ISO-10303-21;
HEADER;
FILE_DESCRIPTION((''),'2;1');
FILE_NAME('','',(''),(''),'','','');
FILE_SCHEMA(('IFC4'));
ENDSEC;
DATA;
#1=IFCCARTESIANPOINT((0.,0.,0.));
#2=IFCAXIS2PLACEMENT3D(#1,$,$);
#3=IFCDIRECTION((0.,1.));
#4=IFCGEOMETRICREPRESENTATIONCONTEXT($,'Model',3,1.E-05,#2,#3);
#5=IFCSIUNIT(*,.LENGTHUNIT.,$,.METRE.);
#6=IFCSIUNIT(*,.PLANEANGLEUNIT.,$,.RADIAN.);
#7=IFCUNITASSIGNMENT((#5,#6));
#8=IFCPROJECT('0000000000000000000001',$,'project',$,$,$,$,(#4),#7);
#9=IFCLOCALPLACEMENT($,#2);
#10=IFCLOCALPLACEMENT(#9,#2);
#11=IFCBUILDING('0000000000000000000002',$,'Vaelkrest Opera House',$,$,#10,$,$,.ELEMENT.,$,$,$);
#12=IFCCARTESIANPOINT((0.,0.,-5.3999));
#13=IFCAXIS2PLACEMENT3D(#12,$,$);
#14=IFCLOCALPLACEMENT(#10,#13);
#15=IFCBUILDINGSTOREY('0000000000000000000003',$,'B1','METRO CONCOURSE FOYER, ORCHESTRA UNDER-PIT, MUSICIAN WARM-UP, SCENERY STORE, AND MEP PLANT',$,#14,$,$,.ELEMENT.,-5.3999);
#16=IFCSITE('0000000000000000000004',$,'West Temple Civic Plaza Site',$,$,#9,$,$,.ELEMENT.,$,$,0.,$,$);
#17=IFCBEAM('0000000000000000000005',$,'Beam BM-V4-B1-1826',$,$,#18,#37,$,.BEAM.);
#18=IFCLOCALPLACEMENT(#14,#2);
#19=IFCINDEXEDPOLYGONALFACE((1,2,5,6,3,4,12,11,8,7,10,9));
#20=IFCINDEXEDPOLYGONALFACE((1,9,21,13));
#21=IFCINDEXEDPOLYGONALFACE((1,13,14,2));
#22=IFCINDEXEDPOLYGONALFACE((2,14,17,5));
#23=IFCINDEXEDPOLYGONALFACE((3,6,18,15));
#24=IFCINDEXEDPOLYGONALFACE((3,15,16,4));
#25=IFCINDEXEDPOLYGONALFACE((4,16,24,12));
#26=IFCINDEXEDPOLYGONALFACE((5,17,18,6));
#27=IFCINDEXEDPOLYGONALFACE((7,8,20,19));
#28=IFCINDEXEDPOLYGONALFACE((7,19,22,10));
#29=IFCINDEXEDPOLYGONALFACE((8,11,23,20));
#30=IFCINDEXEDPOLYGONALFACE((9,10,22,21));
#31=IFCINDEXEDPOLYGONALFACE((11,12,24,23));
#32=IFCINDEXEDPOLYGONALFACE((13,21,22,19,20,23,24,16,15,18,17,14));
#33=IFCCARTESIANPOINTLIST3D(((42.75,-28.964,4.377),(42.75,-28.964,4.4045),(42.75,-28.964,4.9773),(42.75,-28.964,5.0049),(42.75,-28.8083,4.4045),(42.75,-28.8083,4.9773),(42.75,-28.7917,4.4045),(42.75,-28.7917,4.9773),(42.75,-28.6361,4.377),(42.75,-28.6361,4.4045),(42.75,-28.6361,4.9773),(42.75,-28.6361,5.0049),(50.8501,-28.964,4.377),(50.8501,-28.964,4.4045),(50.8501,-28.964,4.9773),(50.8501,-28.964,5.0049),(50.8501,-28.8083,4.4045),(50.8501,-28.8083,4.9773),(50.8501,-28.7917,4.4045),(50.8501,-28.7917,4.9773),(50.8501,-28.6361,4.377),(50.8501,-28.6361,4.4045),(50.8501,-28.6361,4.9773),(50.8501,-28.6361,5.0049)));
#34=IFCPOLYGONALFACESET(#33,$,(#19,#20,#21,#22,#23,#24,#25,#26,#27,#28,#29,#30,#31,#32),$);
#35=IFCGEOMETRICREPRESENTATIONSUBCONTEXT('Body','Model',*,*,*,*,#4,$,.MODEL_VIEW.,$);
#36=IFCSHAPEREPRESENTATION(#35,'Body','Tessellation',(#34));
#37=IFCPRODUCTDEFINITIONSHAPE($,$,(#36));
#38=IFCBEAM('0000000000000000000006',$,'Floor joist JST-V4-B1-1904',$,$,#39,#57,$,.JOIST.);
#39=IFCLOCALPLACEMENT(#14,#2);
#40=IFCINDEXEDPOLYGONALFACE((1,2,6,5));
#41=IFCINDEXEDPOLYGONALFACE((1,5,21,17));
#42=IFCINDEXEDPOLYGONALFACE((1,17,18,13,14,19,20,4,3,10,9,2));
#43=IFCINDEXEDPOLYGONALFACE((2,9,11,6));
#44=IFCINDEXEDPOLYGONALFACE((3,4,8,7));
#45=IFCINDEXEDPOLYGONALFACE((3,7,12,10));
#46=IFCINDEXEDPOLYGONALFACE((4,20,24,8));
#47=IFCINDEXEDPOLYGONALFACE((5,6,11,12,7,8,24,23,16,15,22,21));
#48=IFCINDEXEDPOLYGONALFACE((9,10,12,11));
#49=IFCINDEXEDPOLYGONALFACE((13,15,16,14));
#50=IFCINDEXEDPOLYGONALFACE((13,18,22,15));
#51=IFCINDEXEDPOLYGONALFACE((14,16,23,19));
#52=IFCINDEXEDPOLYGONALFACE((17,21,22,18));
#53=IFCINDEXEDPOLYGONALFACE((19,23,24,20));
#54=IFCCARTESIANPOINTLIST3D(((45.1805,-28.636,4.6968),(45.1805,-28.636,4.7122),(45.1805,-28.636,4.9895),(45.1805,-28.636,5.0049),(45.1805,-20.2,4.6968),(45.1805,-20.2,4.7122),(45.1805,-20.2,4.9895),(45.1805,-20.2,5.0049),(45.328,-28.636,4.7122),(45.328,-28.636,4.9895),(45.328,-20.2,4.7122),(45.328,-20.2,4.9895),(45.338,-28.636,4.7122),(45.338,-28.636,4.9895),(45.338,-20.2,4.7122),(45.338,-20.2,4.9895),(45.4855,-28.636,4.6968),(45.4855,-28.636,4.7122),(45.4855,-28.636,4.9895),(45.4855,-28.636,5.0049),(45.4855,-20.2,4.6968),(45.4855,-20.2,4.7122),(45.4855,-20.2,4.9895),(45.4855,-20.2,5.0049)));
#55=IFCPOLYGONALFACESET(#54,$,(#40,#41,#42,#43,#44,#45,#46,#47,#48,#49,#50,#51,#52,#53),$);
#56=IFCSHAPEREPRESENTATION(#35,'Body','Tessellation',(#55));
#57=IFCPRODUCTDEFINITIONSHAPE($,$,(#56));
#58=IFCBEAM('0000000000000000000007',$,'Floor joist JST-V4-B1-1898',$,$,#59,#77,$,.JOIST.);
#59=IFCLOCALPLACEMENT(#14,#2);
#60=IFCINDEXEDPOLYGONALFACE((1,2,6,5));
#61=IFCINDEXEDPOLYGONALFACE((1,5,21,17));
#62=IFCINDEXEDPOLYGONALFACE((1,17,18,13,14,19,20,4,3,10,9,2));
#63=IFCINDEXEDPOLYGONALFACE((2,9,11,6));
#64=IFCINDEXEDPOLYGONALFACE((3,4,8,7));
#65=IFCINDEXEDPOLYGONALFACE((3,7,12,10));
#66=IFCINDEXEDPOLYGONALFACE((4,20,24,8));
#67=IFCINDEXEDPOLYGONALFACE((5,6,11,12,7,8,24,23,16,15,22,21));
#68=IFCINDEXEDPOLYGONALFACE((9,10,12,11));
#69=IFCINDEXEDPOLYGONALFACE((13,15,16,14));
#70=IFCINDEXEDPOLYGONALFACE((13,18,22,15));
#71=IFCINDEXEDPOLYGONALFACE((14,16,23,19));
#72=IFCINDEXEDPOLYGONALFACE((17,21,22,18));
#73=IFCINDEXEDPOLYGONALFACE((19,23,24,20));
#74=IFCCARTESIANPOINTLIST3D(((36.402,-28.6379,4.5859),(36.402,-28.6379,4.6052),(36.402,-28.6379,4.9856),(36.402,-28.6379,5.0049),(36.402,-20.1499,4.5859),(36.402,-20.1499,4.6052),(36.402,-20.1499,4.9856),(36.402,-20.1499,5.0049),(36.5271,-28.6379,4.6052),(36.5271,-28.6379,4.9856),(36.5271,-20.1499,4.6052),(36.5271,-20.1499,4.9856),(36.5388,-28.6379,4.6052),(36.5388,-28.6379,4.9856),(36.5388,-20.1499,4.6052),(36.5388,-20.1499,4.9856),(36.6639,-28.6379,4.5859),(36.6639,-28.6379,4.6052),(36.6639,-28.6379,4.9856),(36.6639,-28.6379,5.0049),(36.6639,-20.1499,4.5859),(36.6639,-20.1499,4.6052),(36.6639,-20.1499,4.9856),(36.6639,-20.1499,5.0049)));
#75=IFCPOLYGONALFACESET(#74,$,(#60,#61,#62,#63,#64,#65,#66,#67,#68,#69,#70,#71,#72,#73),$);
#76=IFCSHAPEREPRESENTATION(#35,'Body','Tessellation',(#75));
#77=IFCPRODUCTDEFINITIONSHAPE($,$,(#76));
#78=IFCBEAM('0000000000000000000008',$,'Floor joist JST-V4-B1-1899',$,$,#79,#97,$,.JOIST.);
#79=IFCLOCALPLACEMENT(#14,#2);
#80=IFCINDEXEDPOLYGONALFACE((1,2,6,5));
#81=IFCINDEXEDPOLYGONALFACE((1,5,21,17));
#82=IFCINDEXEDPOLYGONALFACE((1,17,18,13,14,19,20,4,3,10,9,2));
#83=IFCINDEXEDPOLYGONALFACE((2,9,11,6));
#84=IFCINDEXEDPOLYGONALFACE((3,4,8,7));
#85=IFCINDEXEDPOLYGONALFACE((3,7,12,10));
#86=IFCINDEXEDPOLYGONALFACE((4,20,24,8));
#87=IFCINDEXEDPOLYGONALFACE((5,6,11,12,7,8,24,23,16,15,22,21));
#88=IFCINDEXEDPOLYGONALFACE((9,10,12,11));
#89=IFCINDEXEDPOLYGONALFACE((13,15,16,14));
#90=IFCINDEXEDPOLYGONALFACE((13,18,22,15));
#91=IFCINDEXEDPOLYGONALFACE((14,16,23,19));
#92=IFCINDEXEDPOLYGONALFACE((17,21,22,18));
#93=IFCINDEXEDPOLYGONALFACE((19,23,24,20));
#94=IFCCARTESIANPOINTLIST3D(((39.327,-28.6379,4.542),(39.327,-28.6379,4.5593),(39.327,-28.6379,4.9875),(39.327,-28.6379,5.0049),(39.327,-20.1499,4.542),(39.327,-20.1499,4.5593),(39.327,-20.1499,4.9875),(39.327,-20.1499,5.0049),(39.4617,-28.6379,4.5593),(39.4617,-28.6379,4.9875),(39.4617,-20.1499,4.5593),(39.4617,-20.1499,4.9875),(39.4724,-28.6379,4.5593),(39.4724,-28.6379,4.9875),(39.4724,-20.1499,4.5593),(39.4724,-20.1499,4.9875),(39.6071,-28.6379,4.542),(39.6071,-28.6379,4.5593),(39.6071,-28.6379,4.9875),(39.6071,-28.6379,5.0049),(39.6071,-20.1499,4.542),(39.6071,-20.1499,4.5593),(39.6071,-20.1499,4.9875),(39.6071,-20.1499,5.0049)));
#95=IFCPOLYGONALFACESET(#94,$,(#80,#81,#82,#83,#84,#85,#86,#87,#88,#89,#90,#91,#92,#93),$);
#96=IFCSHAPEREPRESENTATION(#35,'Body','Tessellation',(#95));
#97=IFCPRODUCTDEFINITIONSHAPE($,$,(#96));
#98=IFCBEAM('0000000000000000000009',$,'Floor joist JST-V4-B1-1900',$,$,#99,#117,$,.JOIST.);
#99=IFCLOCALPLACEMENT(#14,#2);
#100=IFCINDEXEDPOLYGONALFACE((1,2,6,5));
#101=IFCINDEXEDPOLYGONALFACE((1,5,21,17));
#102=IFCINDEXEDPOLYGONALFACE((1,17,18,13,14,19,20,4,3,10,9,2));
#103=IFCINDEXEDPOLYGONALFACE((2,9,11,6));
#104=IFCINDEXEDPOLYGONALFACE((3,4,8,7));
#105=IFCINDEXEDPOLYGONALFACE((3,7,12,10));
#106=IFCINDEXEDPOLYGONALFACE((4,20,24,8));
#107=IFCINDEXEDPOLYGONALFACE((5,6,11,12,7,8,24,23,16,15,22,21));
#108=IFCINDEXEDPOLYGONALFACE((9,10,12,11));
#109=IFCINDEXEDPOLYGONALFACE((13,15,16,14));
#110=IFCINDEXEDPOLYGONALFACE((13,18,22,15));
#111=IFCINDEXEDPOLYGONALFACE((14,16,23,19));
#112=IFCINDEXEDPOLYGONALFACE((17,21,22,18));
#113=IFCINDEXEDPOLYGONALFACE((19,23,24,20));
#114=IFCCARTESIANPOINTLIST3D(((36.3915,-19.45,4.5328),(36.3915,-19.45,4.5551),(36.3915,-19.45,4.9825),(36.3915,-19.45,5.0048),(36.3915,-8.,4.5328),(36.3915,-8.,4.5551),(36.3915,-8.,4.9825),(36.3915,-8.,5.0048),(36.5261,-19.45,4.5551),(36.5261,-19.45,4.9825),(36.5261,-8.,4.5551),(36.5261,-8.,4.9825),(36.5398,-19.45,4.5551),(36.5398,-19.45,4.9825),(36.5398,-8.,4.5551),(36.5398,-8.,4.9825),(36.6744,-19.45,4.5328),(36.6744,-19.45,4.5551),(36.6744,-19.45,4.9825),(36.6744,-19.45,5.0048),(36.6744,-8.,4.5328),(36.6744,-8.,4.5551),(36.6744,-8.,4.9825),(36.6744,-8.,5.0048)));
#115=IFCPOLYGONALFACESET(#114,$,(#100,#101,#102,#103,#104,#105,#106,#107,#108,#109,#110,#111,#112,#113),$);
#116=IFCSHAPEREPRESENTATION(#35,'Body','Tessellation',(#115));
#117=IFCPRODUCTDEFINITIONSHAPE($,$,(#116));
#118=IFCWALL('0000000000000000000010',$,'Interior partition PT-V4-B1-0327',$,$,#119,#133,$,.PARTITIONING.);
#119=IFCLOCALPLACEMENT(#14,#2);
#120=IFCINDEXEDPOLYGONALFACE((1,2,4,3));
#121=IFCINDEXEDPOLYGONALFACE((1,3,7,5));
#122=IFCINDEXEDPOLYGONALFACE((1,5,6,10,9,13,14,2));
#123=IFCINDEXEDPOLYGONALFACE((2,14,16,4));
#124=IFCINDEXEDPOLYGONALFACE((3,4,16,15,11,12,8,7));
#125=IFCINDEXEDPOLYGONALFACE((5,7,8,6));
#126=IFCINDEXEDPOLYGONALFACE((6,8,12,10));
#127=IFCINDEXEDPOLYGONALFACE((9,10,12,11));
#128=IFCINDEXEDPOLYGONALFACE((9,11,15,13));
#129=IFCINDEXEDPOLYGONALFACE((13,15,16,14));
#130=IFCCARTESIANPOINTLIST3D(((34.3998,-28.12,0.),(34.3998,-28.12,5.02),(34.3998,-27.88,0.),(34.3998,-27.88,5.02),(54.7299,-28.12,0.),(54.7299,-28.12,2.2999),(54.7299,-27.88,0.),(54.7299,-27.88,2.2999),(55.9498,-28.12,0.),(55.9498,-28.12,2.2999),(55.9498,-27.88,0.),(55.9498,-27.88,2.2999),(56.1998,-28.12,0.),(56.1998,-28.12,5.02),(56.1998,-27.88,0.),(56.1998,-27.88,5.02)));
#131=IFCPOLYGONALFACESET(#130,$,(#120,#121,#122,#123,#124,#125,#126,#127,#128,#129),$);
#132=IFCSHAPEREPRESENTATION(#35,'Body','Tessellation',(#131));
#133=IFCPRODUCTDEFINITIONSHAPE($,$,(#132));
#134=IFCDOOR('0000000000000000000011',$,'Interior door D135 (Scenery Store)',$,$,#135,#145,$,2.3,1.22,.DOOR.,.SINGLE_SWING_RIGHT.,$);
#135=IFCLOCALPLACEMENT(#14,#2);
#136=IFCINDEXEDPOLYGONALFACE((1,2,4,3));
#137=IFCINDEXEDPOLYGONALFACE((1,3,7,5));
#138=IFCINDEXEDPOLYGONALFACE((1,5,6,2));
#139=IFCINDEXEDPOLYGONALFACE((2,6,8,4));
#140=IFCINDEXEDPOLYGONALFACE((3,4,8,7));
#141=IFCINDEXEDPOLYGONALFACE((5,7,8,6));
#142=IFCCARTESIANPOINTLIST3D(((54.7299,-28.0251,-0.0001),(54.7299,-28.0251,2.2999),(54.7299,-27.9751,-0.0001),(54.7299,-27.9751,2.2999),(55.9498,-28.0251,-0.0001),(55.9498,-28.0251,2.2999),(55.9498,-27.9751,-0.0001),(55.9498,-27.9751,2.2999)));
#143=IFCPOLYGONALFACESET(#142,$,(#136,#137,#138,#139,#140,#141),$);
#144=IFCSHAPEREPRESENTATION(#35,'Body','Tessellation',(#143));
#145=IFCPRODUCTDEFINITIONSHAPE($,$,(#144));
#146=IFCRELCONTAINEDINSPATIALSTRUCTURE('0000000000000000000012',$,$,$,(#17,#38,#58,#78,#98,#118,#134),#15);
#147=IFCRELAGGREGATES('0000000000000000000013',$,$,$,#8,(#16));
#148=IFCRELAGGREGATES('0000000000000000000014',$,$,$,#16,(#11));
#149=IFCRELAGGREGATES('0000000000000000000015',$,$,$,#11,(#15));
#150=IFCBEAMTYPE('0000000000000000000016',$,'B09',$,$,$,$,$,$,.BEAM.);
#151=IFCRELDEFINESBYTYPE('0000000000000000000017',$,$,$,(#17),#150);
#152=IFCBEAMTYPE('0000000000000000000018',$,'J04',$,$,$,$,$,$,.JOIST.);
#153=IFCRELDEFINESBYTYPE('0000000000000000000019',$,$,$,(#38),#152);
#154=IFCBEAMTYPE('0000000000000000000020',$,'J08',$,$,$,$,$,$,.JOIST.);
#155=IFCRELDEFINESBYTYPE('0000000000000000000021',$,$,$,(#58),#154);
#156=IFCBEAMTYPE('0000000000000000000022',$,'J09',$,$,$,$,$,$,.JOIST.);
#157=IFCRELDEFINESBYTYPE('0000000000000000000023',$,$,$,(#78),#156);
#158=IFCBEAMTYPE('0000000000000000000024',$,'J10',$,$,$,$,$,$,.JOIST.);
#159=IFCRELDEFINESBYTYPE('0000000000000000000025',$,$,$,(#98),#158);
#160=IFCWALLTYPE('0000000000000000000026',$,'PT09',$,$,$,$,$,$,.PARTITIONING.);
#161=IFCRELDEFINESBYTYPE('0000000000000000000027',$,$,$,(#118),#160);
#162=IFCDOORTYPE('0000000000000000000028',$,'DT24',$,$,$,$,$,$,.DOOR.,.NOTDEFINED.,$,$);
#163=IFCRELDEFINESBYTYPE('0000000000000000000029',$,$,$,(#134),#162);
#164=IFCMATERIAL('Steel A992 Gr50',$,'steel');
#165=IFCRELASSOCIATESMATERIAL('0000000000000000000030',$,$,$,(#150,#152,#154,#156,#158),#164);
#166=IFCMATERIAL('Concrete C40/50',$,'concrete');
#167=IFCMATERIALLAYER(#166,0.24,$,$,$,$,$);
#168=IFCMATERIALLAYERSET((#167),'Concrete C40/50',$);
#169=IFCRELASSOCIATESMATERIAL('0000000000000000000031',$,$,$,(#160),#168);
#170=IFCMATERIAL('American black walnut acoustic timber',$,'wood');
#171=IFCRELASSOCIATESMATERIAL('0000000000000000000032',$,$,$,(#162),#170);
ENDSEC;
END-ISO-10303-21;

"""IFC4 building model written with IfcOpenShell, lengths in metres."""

from ifc_helpers import new_model, si_unit, direction, frame, frame_2d, origin, origin_2d, place, context, subcontext, project, spatial, rectangle, i_section, extrude, material, layer, layer_set, material_profile, profile_set, type_object, element, fill, save


model = new_model("IFC4")

# Units and contexts
model_context = context("Model", 3, precision=1e-05, world=origin(), true_north=direction((0.0, 1.0)))
body_context = subcontext(model_context, "Body", "Model", "MODEL_VIEW")
ifc_project = project(units=[si_unit("LENGTHUNIT", "METRE"), si_unit("PLANEANGLEUNIT", "RADIAN")], contexts=[model_context])

# Site, building, storey
site_placement = place(None, origin())
site = spatial("IfcSite", under=ifc_project, at=site_placement, Name="West Temple Civic Plaza Site", CompositionType="ELEMENT", RefElevation=0.0)
building_placement = place(site_placement, origin())
building = spatial("IfcBuilding", under=site, at=building_placement, Name="Vaelkrest Opera House", CompositionType="ELEMENT")
storey_placement = place(building_placement, frame((0.0, 0.0, -5.3999)))
storey = spatial("IfcBuildingStorey", under=building, at=storey_placement, Name="B1", Description="METRO CONCOURSE FOYER, ORCHESTRA UNDER-PIT, MUSICIAN WARM-UP, SCENERY STORE, AND MEP PLANT", CompositionType="ELEMENT", Elevation=-5.3999)

# Shared definitions
ifc_material_1 = material(Name="Concrete C40/50", Category="concrete")

# Beams
ifc_material_2 = material(Name="Steel A992 Gr50", Category="steel")
ifc_material_profile_1 = material_profile(ifc_material_2, i_section(OverallWidth=0.3279, OverallDepth=0.6279, WebThickness=0.0166, FlangeThickness=0.0276, at=origin_2d()), Name="W24X146")
ifc_profile_set_1 = profile_set([ifc_material_profile_1], Name="Steel A992 Gr50")
beam_type_1 = type_object("IfcBeamType", Name="B09", PredefinedType="BEAM", material=ifc_profile_set_1)
beam_1_placement = place(storey_placement, frame((42.75, -28.8, 4.6909), z_axis=(1.0, 0.0, 0.0), x_axis=(0.0, 1.0, 0.0)))
element("IfcBeam", 1, at=beam_1_placement, inside=storey, type_object=beam_type_1, Name="Beam BM-V4-B1-1826", PredefinedType="BEAM", context=body_context, shape_type="SweptSolid", body=[
    extrude(i_section(OverallWidth=0.3279, OverallDepth=0.6279, WebThickness=0.0166, FlangeThickness=0.0276, at=origin_2d()), origin(), (0.0, 0.0, 1.0), 8.1001),
])
ifc_material_profile_2 = material_profile(ifc_material_2, i_section(OverallWidth=0.3049, OverallDepth=0.3081, WebThickness=0.01, FlangeThickness=0.0154, at=origin_2d()), Name="W12X65")
ifc_profile_set_2 = profile_set([ifc_material_profile_2], Name="Steel A992 Gr50")
beam_type_2 = type_object("IfcBeamType", Name="J04", PredefinedType="JOIST", material=ifc_profile_set_2)
beam_2_placement = place(storey_placement, frame((45.333, -28.636, 4.8508), z_axis=(0.0, 1.0, 0.0), x_axis=(-1.0, 0.0, 0.0)))
element("IfcBeam", 2, at=beam_2_placement, inside=storey, type_object=beam_type_2, Name="Floor joist JST-V4-B1-1904", PredefinedType="JOIST", context=body_context, shape_type="SweptSolid", body=[
    extrude(i_section(OverallWidth=0.3049, OverallDepth=0.3081, WebThickness=0.01, FlangeThickness=0.0154, at=origin_2d()), origin(), (0.0, 0.0, 1.0), 8.436),
])
ifc_material_profile_3 = material_profile(ifc_material_2, i_section(OverallWidth=0.262, OverallDepth=0.4189, WebThickness=0.0117, FlangeThickness=0.0193, at=origin_2d()), Name="W16X77")
ifc_profile_set_3 = profile_set([ifc_material_profile_3], Name="Steel A992 Gr50")
beam_type_3 = type_object("IfcBeamType", Name="J08", PredefinedType="JOIST", material=ifc_profile_set_3)
beam_3_placement = place(storey_placement, frame((36.533, -28.6379, 4.7954), z_axis=(0.0, 1.0, 0.0), x_axis=(-1.0, 0.0, 0.0)))
element("IfcBeam", 3, at=beam_3_placement, inside=storey, type_object=beam_type_3, Name="Floor joist JST-V4-B1-1898", PredefinedType="JOIST", context=body_context, shape_type="SweptSolid", body=[
    extrude(i_section(OverallWidth=0.262, OverallDepth=0.4189, WebThickness=0.0117, FlangeThickness=0.0193, at=origin_2d()), origin(), (0.0, 0.0, 1.0), 8.488),
])
ifc_material_profile_4 = material_profile(ifc_material_2, i_section(OverallWidth=0.28, OverallDepth=0.4629, WebThickness=0.0107, FlangeThickness=0.0173, at=origin_2d()), Name="W18X76")
ifc_profile_set_4 = profile_set([ifc_material_profile_4], Name="Steel A992 Gr50")
beam_type_4 = type_object("IfcBeamType", Name="J09", PredefinedType="JOIST", material=ifc_profile_set_4)
beam_4_placement = place(storey_placement, frame((39.467, -28.6379, 4.7734), z_axis=(0.0, 1.0, 0.0), x_axis=(-1.0, 0.0, 0.0)))
element("IfcBeam", 4, at=beam_4_placement, inside=storey, type_object=beam_type_4, Name="Floor joist JST-V4-B1-1899", PredefinedType="JOIST", context=body_context, shape_type="SweptSolid", body=[
    extrude(i_section(OverallWidth=0.28, OverallDepth=0.4629, WebThickness=0.0107, FlangeThickness=0.0173, at=origin_2d()), origin(), (0.0, 0.0, 1.0), 8.488),
])
ifc_material_profile_5 = material_profile(ifc_material_2, i_section(OverallWidth=0.283, OverallDepth=0.4719, WebThickness=0.0137, FlangeThickness=0.0222, at=origin_2d()), Name="W18X97")
ifc_profile_set_5 = profile_set([ifc_material_profile_5], Name="Steel A992 Gr50")
beam_type_5 = type_object("IfcBeamType", Name="J10", PredefinedType="JOIST", material=ifc_profile_set_5)
beam_5_placement = place(storey_placement, frame((36.533, -19.45, 4.7688), z_axis=(0.0, 1.0, 0.0), x_axis=(-1.0, 0.0, 0.0)))
element("IfcBeam", 5, at=beam_5_placement, inside=storey, type_object=beam_type_5, Name="Floor joist JST-V4-B1-1900", PredefinedType="JOIST", context=body_context, shape_type="SweptSolid", body=[
    extrude(i_section(OverallWidth=0.283, OverallDepth=0.4719, WebThickness=0.0137, FlangeThickness=0.0222, at=origin_2d()), origin(), (0.0, 0.0, 1.0), 11.45),
])

# Wall, opening, door
ifc_layer = layer(ifc_material_1, 0.24)
ifc_layer_set = layer_set([ifc_layer], Name="Concrete C40/50")
wall_type = type_object("IfcWallType", Name="PT09", PredefinedType="PARTITIONING", material=ifc_layer_set)
wall_placement = place(storey_placement, frame((34.3999, -28.0, 0.0), z_axis=(0.0, 0.0, 1.0), x_axis=(1.0, 0.0, 0.0)))
wall = element("IfcWall", 6, at=wall_placement, inside=storey, type_object=wall_type, Name="Interior partition PT-V4-B1-0327", PredefinedType="PARTITIONING", context=body_context, shape_type="SweptSolid", body=[
    extrude(rectangle(XDim=21.8, YDim=0.24, at=frame_2d((10.8999, 0.0))), origin(), (0.0, 0.0, 1.0), 5.02),
])
opening_placement = place(wall_placement, frame((20.3301, 0.0, 0.0)))
opening = element("IfcOpeningElement", 7, at=opening_placement, cuts=wall, PredefinedType="OPENING", context=body_context, shape_type="SweptSolid", body=[
    extrude(rectangle(XDim=1.22, YDim=2.3, at=frame_2d((0.6099, 1.1499))), frame((0.0, 0.1299, 0.0), z_axis=(0.0, -1.0, 0.0), x_axis=(1.0, 0.0, 0.0)), (0.0, 0.0, 1.0), 0.26),
])
ifc_material_3 = material(Name="American black walnut acoustic timber", Category="wood")
door_type = type_object("IfcDoorType", Name="DT24", OperationType="NOTDEFINED", PredefinedType="DOOR", material=ifc_material_3)
door_placement = place(opening_placement, origin())
door = element("IfcDoor", 8, at=door_placement, inside=storey, type_object=door_type, Name="Interior door D135 (Scenery Store)", OperationType="SINGLE_SWING_RIGHT", OverallHeight=2.3, OverallWidth=1.22, PredefinedType="DOOR", context=body_context, shape_type="SweptSolid", body=[
    extrude(rectangle(XDim=1.22, YDim=2.3, at=frame_2d((0.6099, 1.1499))), frame((0.0, 0.0249, 0.0), z_axis=(0.0, -1.0, 0.0), x_axis=(1.0, 0.0, 0.0)), (0.0, 0.0, 1.0), 0.05),
])
fill(opening, door)

save(model, "model.ifc")
